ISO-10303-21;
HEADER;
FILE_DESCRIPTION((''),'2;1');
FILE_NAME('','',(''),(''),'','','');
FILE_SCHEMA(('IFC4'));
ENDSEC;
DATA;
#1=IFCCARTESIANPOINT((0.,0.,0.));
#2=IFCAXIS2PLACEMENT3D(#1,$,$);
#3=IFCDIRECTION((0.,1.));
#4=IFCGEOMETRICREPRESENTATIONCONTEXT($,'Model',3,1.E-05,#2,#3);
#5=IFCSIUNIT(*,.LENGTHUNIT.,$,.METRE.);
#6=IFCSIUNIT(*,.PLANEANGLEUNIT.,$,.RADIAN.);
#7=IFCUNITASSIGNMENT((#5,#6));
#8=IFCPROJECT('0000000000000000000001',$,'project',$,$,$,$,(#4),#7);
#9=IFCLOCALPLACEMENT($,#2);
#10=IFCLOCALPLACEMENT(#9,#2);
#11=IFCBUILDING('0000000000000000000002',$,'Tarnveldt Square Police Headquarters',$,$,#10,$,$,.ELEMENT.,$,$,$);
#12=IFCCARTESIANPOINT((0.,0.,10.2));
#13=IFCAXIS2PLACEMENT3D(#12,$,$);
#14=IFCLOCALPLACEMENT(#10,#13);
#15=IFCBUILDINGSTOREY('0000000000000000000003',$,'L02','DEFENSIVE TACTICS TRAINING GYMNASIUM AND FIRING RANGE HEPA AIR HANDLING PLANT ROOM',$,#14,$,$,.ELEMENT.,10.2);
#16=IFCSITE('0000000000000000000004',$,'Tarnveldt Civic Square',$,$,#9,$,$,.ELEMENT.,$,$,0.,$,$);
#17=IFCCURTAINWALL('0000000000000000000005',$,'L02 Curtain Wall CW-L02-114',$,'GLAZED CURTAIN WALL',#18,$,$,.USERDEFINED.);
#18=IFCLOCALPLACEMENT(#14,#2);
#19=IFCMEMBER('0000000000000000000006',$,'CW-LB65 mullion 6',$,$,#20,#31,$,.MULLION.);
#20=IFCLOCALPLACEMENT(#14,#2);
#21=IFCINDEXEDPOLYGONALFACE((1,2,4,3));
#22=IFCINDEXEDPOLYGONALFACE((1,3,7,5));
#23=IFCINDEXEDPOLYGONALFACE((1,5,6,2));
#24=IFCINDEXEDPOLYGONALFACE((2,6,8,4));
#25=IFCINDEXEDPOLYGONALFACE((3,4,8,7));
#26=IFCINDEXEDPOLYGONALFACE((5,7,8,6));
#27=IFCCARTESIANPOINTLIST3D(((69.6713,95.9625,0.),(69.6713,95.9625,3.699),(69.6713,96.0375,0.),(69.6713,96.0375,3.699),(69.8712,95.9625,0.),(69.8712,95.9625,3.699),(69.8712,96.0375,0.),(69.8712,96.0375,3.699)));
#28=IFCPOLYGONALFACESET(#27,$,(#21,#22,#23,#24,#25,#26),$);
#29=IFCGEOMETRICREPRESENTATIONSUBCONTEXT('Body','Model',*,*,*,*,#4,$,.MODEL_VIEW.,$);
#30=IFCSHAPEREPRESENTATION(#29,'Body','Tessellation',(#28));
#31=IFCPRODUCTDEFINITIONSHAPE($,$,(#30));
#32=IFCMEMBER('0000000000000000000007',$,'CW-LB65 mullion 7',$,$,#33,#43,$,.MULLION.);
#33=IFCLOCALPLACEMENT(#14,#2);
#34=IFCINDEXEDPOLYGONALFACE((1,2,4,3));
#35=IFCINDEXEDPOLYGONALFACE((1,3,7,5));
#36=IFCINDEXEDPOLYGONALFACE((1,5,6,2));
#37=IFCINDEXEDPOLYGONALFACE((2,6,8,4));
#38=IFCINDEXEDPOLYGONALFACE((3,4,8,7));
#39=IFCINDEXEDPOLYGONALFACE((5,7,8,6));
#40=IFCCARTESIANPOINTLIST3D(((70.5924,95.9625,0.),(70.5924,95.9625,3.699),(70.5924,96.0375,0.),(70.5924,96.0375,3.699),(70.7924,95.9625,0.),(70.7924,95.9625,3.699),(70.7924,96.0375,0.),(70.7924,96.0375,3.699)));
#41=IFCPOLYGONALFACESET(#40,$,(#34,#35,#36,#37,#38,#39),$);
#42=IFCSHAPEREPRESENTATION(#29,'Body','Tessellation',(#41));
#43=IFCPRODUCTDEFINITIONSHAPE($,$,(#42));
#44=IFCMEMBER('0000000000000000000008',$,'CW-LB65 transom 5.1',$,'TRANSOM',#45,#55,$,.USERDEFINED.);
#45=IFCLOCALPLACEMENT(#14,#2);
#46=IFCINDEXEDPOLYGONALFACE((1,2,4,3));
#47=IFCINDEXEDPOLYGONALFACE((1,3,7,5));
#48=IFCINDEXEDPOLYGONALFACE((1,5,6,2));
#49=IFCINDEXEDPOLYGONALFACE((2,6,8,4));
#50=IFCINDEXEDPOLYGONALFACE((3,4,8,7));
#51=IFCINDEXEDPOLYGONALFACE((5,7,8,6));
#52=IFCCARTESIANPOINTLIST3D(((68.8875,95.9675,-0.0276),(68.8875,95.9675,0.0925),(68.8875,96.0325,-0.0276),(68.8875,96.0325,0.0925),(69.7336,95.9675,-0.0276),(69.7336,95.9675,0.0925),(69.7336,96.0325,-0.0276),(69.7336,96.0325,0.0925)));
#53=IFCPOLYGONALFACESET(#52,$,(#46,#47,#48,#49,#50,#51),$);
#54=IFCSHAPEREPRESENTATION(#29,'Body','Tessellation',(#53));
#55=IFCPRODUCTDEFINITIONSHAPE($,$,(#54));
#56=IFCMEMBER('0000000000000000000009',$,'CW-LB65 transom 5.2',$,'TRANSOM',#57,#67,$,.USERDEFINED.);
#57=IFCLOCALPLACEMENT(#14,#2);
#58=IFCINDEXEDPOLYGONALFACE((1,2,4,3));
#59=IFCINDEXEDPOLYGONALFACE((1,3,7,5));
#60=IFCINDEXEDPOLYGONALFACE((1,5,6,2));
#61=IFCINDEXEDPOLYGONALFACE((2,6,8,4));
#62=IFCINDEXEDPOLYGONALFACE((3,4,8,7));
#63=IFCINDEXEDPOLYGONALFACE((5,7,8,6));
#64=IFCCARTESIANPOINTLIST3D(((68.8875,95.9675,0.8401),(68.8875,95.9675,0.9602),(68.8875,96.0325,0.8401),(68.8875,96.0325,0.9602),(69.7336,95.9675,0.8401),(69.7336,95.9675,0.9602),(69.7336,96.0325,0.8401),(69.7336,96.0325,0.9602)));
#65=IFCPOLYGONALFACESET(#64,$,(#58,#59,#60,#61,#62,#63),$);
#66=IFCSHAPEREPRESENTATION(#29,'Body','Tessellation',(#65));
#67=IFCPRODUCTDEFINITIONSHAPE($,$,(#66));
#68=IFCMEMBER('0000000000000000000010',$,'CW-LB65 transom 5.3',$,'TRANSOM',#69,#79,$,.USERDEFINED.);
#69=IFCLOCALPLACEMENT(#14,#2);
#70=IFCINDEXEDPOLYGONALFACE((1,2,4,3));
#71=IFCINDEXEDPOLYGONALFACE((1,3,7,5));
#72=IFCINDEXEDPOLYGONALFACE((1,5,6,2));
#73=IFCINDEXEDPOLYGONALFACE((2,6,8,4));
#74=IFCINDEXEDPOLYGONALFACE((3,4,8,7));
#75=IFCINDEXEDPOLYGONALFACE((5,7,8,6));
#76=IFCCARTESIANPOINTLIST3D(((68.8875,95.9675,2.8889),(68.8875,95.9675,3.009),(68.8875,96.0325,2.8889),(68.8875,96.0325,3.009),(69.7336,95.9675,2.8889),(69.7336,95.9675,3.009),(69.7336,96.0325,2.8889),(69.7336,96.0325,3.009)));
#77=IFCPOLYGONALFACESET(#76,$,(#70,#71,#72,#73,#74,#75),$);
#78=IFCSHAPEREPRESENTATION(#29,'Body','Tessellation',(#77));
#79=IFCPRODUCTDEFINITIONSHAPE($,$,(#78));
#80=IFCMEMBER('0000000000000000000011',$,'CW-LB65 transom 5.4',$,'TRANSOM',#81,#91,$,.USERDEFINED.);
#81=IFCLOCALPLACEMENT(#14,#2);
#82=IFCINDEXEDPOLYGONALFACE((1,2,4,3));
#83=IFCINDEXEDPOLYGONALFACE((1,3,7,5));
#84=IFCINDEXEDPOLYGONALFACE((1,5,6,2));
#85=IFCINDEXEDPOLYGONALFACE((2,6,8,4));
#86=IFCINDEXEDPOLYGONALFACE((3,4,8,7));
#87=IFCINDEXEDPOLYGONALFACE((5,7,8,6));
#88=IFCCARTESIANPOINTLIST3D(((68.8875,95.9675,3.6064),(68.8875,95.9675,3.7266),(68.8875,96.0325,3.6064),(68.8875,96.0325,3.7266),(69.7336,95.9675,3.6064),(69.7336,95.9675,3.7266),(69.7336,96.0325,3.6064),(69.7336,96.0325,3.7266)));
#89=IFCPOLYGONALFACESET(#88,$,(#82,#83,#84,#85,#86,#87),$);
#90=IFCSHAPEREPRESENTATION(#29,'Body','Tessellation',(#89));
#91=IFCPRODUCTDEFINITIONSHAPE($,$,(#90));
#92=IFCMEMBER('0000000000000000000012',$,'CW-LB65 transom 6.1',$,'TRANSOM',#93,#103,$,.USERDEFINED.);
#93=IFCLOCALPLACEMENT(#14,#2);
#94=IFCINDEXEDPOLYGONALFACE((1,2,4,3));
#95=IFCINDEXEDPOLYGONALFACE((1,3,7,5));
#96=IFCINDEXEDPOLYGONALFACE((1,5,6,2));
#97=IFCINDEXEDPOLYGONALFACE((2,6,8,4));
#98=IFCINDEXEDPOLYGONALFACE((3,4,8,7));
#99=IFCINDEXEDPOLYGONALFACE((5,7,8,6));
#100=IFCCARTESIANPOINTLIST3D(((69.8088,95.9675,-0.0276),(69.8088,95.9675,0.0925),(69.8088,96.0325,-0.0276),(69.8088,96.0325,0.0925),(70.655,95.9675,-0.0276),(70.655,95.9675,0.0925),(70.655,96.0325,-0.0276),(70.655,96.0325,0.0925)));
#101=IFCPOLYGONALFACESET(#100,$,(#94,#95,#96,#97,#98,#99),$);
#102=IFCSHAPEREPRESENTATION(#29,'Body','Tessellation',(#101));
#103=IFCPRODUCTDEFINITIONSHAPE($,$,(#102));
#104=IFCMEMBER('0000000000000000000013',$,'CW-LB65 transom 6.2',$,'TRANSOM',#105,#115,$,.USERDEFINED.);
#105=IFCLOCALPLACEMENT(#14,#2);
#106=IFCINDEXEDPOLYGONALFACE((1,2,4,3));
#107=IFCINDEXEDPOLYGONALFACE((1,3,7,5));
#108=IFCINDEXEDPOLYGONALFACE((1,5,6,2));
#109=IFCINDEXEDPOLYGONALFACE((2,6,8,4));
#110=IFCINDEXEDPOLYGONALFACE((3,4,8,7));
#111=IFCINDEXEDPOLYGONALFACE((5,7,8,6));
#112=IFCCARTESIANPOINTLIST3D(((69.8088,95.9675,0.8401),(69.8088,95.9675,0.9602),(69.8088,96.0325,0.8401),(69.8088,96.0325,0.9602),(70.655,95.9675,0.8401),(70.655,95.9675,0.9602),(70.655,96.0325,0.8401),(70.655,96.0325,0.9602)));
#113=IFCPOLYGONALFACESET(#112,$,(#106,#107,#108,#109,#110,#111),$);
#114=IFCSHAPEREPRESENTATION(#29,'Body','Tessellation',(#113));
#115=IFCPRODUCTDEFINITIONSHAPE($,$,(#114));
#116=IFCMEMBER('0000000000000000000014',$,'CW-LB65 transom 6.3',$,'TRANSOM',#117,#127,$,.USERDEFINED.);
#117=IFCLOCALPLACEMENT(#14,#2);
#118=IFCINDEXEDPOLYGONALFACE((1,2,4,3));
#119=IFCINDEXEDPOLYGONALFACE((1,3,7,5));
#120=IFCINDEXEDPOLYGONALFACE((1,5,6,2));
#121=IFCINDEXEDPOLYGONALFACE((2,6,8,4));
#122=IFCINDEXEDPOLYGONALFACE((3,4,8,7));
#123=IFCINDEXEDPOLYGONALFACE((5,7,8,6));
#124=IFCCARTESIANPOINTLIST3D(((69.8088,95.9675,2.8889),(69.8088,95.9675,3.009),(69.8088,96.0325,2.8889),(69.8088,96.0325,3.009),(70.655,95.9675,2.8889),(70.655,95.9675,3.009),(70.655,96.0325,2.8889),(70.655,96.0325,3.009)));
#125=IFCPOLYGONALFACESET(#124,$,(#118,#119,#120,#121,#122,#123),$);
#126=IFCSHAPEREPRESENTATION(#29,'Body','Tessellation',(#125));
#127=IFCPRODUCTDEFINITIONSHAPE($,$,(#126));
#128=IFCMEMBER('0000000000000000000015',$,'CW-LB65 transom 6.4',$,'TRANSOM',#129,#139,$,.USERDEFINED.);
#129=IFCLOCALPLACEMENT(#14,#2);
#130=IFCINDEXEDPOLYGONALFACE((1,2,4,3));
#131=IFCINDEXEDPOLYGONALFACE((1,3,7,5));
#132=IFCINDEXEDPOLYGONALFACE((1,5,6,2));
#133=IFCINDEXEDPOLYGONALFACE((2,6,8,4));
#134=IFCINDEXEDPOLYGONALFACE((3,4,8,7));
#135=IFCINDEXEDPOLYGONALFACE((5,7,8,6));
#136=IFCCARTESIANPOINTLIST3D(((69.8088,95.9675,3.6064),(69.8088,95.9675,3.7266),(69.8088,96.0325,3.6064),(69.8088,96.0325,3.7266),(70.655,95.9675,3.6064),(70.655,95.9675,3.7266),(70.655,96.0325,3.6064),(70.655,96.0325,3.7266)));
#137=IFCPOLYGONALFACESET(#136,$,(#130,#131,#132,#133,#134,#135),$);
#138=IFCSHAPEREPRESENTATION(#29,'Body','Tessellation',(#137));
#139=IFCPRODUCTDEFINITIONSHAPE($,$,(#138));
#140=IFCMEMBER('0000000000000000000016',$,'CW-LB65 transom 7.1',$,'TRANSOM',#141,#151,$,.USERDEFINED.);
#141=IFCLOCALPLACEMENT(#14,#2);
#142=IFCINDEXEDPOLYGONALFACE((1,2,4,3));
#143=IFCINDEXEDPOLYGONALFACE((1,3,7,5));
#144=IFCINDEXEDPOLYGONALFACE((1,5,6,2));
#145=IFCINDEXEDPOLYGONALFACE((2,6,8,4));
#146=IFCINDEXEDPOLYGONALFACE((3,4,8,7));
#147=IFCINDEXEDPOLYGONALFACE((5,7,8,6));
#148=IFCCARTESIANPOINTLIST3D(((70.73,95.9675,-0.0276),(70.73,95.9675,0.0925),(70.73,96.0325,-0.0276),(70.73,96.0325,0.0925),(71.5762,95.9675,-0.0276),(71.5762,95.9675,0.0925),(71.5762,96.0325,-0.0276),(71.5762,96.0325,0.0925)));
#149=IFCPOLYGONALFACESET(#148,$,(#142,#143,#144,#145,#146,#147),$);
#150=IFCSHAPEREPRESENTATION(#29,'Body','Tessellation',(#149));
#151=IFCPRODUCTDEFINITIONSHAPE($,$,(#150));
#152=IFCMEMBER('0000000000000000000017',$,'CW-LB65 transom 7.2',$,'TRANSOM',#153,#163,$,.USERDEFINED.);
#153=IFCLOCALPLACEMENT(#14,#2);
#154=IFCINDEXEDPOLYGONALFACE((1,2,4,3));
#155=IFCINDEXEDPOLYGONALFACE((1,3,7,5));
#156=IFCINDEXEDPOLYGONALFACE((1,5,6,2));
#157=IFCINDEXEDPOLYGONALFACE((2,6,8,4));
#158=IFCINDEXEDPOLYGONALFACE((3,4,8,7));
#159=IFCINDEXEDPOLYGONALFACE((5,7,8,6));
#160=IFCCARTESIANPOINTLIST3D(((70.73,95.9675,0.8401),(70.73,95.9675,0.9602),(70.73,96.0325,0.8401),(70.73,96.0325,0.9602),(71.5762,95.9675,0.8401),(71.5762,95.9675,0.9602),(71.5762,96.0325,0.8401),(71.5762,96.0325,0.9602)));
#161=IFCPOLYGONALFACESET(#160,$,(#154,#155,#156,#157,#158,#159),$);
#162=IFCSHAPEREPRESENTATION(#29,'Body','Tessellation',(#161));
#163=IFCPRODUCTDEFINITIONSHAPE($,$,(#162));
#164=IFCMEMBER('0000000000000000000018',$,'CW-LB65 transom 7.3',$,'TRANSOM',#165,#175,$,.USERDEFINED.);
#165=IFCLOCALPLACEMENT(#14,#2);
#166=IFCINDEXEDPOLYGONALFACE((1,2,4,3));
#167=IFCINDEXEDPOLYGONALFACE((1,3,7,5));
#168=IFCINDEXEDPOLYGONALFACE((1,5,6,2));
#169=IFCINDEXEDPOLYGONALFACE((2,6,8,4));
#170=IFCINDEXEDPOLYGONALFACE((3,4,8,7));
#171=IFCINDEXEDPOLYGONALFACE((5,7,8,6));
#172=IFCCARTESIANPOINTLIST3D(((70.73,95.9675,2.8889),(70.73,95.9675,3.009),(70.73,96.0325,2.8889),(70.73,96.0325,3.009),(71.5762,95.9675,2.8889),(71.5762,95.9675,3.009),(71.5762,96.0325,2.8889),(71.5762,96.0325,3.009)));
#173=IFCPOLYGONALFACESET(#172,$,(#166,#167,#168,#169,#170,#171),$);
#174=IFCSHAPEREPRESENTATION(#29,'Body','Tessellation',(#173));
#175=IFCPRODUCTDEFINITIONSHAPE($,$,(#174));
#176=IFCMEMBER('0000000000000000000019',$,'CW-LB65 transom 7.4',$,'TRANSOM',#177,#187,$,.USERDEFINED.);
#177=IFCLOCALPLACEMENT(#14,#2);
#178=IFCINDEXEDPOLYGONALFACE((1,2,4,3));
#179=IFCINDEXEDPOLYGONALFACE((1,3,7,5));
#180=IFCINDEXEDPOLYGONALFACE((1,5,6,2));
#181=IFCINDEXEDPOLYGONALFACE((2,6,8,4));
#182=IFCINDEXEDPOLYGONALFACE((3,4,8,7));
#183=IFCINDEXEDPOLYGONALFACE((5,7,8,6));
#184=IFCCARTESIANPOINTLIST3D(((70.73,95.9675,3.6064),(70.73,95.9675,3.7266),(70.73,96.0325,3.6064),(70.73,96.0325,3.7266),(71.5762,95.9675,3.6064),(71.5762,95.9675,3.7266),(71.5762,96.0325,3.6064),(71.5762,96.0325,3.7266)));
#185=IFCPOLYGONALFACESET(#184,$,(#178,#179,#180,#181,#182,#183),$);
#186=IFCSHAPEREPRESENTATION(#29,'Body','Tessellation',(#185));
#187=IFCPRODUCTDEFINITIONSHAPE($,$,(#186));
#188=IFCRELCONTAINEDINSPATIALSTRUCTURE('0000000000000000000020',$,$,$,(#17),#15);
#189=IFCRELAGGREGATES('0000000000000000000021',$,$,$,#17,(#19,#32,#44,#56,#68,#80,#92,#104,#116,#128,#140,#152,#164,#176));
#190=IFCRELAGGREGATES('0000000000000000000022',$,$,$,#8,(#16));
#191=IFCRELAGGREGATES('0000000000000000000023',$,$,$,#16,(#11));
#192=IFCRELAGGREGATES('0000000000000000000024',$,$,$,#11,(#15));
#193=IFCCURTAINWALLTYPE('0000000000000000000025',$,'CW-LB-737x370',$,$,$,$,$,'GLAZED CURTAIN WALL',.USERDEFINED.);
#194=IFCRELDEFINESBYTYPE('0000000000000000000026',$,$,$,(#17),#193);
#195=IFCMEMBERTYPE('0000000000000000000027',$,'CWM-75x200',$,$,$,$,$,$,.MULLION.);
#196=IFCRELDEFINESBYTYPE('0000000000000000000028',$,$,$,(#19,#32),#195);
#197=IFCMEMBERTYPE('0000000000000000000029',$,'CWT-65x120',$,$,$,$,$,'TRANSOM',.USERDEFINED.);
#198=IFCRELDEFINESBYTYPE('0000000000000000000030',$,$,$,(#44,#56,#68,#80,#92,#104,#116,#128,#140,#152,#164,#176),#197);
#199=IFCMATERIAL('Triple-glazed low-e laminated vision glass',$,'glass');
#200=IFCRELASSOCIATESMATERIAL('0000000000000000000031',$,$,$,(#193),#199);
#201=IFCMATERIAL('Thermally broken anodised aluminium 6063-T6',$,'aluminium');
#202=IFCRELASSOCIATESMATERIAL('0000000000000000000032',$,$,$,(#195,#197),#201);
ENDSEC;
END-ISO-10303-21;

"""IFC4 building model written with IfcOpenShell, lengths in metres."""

from ifc_helpers import new_model, si_unit, direction, frame, origin, origin_2d, place, context, subcontext, project, spatial, rectangle, extrude, material, material_profile, profile_set, type_object, element, aggregate, save


model = new_model("IFC4")

# Units and contexts
model_context = context("Model", 3, precision=1e-05, world=origin(), true_north=direction((0.0, 1.0)))
body_context = subcontext(model_context, "Body", "Model", "MODEL_VIEW")
ifc_project = project(units=[si_unit("LENGTHUNIT", "METRE"), si_unit("PLANEANGLEUNIT", "RADIAN")], contexts=[model_context])

# Site, building, storey
site_placement = place(None, origin())
site = spatial("IfcSite", under=ifc_project, at=site_placement, Name="Tarnveldt Civic Square", CompositionType="ELEMENT", RefElevation=0.0)
building_placement = place(site_placement, origin())
building = spatial("IfcBuilding", under=site, at=building_placement, Name="Tarnveldt Square Police Headquarters", CompositionType="ELEMENT")
storey_placement = place(building_placement, frame((0.0, 0.0, 10.2)))
storey = spatial("IfcBuildingStorey", under=building, at=storey_placement, Name="L02", Description="DEFENSIVE TACTICS TRAINING GYMNASIUM AND FIRING RANGE HEPA AIR HANDLING PLANT ROOM", CompositionType="ELEMENT", Elevation=10.2)

# Curtain wall, members
ifc_material_1 = material(Name="Triple-glazed low-e laminated vision glass", Category="glass")
curtain_wall_type = type_object("IfcCurtainWallType", Name="CW-LB-737x370", ElementType="GLAZED CURTAIN WALL", PredefinedType="USERDEFINED", material=ifc_material_1)
curtain_wall_placement = place(storey_placement, origin())
curtain_wall = element("IfcCurtainWall", 1, at=curtain_wall_placement, inside=storey, type_object=curtain_wall_type, Name="L02 Curtain Wall CW-L02-114", ObjectType="GLAZED CURTAIN WALL", PredefinedType="USERDEFINED")
ifc_material_2 = material(Name="Thermally broken anodised aluminium 6063-T6", Category="aluminium")
ifc_material_profile_1 = material_profile(ifc_material_2, rectangle(XDim=0.075, YDim=0.2, at=origin_2d()), Name="CW-M75x200")
ifc_profile_set_1 = profile_set([ifc_material_profile_1], Name="Thermally broken anodised aluminium 6063-T6")
member_type_1 = type_object("IfcMemberType", Name="CWM-75x200", PredefinedType="MULLION", material=ifc_profile_set_1)
member_1_placement = place(storey_placement, frame((69.7712, 96.0, 0.0), z_axis=(0.0, 0.0, 1.0), x_axis=(0.0, 1.0, 0.0)))
member_1 = element("IfcMember", 2, at=member_1_placement, type_object=member_type_1, Name="CW-LB65 mullion 6", PredefinedType="MULLION", context=body_context, shape_type="SweptSolid", body=[
    extrude(rectangle(XDim=0.075, YDim=0.2, at=origin_2d()), origin(), (0.0, 0.0, 1.0), 3.699),
])
member_2_placement = place(storey_placement, frame((70.6924, 96.0, 0.0), z_axis=(0.0, 0.0, 1.0), x_axis=(0.0, 1.0, 0.0)))
member_2 = element("IfcMember", 3, at=member_2_placement, type_object=member_type_1, Name="CW-LB65 mullion 7", PredefinedType="MULLION", context=body_context, shape_type="SweptSolid", body=[
    extrude(rectangle(XDim=0.075, YDim=0.2, at=origin_2d()), origin(), (0.0, 0.0, 1.0), 3.699),
])
ifc_material_profile_2 = material_profile(ifc_material_2, rectangle(XDim=0.0649, YDim=0.1201, at=origin_2d()), Name="CW-T65x120")
ifc_profile_set_2 = profile_set([ifc_material_profile_2], Name="Thermally broken anodised aluminium 6063-T6")
member_type_2 = type_object("IfcMemberType", Name="CWT-65x120", ElementType="TRANSOM", PredefinedType="USERDEFINED", material=ifc_profile_set_2)
member_3_placement = place(storey_placement, frame((68.8875, 96.0, 0.0325), z_axis=(1.0, 0.0, 0.0), x_axis=(0.0, 1.0, 0.0)))
member_3 = element("IfcMember", 4, at=member_3_placement, type_object=member_type_2, Name="CW-LB65 transom 5.1", ObjectType="TRANSOM", PredefinedType="USERDEFINED", context=body_context, shape_type="SweptSolid", body=[
    extrude(rectangle(XDim=0.0649, YDim=0.1201, at=origin_2d()), origin(), (0.0, 0.0, 1.0), 0.8462),
])
member_4_placement = place(storey_placement, frame((68.8875, 96.0, 0.9001), z_axis=(1.0, 0.0, 0.0), x_axis=(0.0, 1.0, 0.0)))
member_4 = element("IfcMember", 5, at=member_4_placement, type_object=member_type_2, Name="CW-LB65 transom 5.2", ObjectType="TRANSOM", PredefinedType="USERDEFINED", context=body_context, shape_type="SweptSolid", body=[
    extrude(rectangle(XDim=0.0649, YDim=0.1201, at=origin_2d()), origin(), (0.0, 0.0, 1.0), 0.8462),
])
member_5_placement = place(storey_placement, frame((68.8875, 96.0, 2.949), z_axis=(1.0, 0.0, 0.0), x_axis=(0.0, 1.0, 0.0)))
member_5 = element("IfcMember", 6, at=member_5_placement, type_object=member_type_2, Name="CW-LB65 transom 5.3", ObjectType="TRANSOM", PredefinedType="USERDEFINED", context=body_context, shape_type="SweptSolid", body=[
    extrude(rectangle(XDim=0.0649, YDim=0.1201, at=origin_2d()), origin(), (0.0, 0.0, 1.0), 0.8462),
])
member_6_placement = place(storey_placement, frame((68.8875, 96.0, 3.6665), z_axis=(1.0, 0.0, 0.0), x_axis=(0.0, 1.0, 0.0)))
member_6 = element("IfcMember", 7, at=member_6_placement, type_object=member_type_2, Name="CW-LB65 transom 5.4", ObjectType="TRANSOM", PredefinedType="USERDEFINED", context=body_context, shape_type="SweptSolid", body=[
    extrude(rectangle(XDim=0.0649, YDim=0.1201, at=origin_2d()), origin(), (0.0, 0.0, 1.0), 0.8462),
])
member_7_placement = place(storey_placement, frame((69.8088, 96.0, 0.0325), z_axis=(1.0, 0.0, 0.0), x_axis=(0.0, 1.0, 0.0)))
member_7 = element("IfcMember", 8, at=member_7_placement, type_object=member_type_2, Name="CW-LB65 transom 6.1", ObjectType="TRANSOM", PredefinedType="USERDEFINED", context=body_context, shape_type="SweptSolid", body=[
    extrude(rectangle(XDim=0.0649, YDim=0.1201, at=origin_2d()), origin(), (0.0, 0.0, 1.0), 0.8462),
])
member_8_placement = place(storey_placement, frame((69.8088, 96.0, 0.9001), z_axis=(1.0, 0.0, 0.0), x_axis=(0.0, 1.0, 0.0)))
member_8 = element("IfcMember", 9, at=member_8_placement, type_object=member_type_2, Name="CW-LB65 transom 6.2", ObjectType="TRANSOM", PredefinedType="USERDEFINED", context=body_context, shape_type="SweptSolid", body=[
    extrude(rectangle(XDim=0.0649, YDim=0.1201, at=origin_2d()), origin(), (0.0, 0.0, 1.0), 0.8462),
])
member_9_placement = place(storey_placement, frame((69.8088, 96.0, 2.949), z_axis=(1.0, 0.0, 0.0), x_axis=(0.0, 1.0, 0.0)))
member_9 = element("IfcMember", 10, at=member_9_placement, type_object=member_type_2, Name="CW-LB65 transom 6.3", ObjectType="TRANSOM", PredefinedType="USERDEFINED", context=body_context, shape_type="SweptSolid", body=[
    extrude(rectangle(XDim=0.0649, YDim=0.1201, at=origin_2d()), origin(), (0.0, 0.0, 1.0), 0.8462),
])
member_10_placement = place(storey_placement, frame((69.8088, 96.0, 3.6665), z_axis=(1.0, 0.0, 0.0), x_axis=(0.0, 1.0, 0.0)))
member_10 = element("IfcMember", 11, at=member_10_placement, type_object=member_type_2, Name="CW-LB65 transom 6.4", ObjectType="TRANSOM", PredefinedType="USERDEFINED", context=body_context, shape_type="SweptSolid", body=[
    extrude(rectangle(XDim=0.0649, YDim=0.1201, at=origin_2d()), origin(), (0.0, 0.0, 1.0), 0.8462),
])
member_11_placement = place(storey_placement, frame((70.73, 96.0, 0.0325), z_axis=(1.0, 0.0, 0.0), x_axis=(0.0, 1.0, 0.0)))
member_11 = element("IfcMember", 12, at=member_11_placement, type_object=member_type_2, Name="CW-LB65 transom 7.1", ObjectType="TRANSOM", PredefinedType="USERDEFINED", context=body_context, shape_type="SweptSolid", body=[
    extrude(rectangle(XDim=0.0649, YDim=0.1201, at=origin_2d()), origin(), (0.0, 0.0, 1.0), 0.8462),
])
member_12_placement = place(storey_placement, frame((70.73, 96.0, 0.9001), z_axis=(1.0, 0.0, 0.0), x_axis=(0.0, 1.0, 0.0)))
member_12 = element("IfcMember", 13, at=member_12_placement, type_object=member_type_2, Name="CW-LB65 transom 7.2", ObjectType="TRANSOM", PredefinedType="USERDEFINED", context=body_context, shape_type="SweptSolid", body=[
    extrude(rectangle(XDim=0.0649, YDim=0.1201, at=origin_2d()), origin(), (0.0, 0.0, 1.0), 0.8462),
])
member_13_placement = place(storey_placement, frame((70.73, 96.0, 2.949), z_axis=(1.0, 0.0, 0.0), x_axis=(0.0, 1.0, 0.0)))
member_13 = element("IfcMember", 14, at=member_13_placement, type_object=member_type_2, Name="CW-LB65 transom 7.3", ObjectType="TRANSOM", PredefinedType="USERDEFINED", context=body_context, shape_type="SweptSolid", body=[
    extrude(rectangle(XDim=0.0649, YDim=0.1201, at=origin_2d()), origin(), (0.0, 0.0, 1.0), 0.8462),
])
member_14_placement = place(storey_placement, frame((70.73, 96.0, 3.6665), z_axis=(1.0, 0.0, 0.0), x_axis=(0.0, 1.0, 0.0)))
member_14 = element("IfcMember", 15, at=member_14_placement, type_object=member_type_2, Name="CW-LB65 transom 7.4", ObjectType="TRANSOM", PredefinedType="USERDEFINED", context=body_context, shape_type="SweptSolid", body=[
    extrude(rectangle(XDim=0.0649, YDim=0.1201, at=origin_2d()), origin(), (0.0, 0.0, 1.0), 0.8462),
])
aggregate(curtain_wall, [member_1, member_2, member_3, member_4, member_5, member_6, member_7, member_8, member_9, member_10, member_11, member_12, member_13, member_14])

save(model, "model.ifc")
